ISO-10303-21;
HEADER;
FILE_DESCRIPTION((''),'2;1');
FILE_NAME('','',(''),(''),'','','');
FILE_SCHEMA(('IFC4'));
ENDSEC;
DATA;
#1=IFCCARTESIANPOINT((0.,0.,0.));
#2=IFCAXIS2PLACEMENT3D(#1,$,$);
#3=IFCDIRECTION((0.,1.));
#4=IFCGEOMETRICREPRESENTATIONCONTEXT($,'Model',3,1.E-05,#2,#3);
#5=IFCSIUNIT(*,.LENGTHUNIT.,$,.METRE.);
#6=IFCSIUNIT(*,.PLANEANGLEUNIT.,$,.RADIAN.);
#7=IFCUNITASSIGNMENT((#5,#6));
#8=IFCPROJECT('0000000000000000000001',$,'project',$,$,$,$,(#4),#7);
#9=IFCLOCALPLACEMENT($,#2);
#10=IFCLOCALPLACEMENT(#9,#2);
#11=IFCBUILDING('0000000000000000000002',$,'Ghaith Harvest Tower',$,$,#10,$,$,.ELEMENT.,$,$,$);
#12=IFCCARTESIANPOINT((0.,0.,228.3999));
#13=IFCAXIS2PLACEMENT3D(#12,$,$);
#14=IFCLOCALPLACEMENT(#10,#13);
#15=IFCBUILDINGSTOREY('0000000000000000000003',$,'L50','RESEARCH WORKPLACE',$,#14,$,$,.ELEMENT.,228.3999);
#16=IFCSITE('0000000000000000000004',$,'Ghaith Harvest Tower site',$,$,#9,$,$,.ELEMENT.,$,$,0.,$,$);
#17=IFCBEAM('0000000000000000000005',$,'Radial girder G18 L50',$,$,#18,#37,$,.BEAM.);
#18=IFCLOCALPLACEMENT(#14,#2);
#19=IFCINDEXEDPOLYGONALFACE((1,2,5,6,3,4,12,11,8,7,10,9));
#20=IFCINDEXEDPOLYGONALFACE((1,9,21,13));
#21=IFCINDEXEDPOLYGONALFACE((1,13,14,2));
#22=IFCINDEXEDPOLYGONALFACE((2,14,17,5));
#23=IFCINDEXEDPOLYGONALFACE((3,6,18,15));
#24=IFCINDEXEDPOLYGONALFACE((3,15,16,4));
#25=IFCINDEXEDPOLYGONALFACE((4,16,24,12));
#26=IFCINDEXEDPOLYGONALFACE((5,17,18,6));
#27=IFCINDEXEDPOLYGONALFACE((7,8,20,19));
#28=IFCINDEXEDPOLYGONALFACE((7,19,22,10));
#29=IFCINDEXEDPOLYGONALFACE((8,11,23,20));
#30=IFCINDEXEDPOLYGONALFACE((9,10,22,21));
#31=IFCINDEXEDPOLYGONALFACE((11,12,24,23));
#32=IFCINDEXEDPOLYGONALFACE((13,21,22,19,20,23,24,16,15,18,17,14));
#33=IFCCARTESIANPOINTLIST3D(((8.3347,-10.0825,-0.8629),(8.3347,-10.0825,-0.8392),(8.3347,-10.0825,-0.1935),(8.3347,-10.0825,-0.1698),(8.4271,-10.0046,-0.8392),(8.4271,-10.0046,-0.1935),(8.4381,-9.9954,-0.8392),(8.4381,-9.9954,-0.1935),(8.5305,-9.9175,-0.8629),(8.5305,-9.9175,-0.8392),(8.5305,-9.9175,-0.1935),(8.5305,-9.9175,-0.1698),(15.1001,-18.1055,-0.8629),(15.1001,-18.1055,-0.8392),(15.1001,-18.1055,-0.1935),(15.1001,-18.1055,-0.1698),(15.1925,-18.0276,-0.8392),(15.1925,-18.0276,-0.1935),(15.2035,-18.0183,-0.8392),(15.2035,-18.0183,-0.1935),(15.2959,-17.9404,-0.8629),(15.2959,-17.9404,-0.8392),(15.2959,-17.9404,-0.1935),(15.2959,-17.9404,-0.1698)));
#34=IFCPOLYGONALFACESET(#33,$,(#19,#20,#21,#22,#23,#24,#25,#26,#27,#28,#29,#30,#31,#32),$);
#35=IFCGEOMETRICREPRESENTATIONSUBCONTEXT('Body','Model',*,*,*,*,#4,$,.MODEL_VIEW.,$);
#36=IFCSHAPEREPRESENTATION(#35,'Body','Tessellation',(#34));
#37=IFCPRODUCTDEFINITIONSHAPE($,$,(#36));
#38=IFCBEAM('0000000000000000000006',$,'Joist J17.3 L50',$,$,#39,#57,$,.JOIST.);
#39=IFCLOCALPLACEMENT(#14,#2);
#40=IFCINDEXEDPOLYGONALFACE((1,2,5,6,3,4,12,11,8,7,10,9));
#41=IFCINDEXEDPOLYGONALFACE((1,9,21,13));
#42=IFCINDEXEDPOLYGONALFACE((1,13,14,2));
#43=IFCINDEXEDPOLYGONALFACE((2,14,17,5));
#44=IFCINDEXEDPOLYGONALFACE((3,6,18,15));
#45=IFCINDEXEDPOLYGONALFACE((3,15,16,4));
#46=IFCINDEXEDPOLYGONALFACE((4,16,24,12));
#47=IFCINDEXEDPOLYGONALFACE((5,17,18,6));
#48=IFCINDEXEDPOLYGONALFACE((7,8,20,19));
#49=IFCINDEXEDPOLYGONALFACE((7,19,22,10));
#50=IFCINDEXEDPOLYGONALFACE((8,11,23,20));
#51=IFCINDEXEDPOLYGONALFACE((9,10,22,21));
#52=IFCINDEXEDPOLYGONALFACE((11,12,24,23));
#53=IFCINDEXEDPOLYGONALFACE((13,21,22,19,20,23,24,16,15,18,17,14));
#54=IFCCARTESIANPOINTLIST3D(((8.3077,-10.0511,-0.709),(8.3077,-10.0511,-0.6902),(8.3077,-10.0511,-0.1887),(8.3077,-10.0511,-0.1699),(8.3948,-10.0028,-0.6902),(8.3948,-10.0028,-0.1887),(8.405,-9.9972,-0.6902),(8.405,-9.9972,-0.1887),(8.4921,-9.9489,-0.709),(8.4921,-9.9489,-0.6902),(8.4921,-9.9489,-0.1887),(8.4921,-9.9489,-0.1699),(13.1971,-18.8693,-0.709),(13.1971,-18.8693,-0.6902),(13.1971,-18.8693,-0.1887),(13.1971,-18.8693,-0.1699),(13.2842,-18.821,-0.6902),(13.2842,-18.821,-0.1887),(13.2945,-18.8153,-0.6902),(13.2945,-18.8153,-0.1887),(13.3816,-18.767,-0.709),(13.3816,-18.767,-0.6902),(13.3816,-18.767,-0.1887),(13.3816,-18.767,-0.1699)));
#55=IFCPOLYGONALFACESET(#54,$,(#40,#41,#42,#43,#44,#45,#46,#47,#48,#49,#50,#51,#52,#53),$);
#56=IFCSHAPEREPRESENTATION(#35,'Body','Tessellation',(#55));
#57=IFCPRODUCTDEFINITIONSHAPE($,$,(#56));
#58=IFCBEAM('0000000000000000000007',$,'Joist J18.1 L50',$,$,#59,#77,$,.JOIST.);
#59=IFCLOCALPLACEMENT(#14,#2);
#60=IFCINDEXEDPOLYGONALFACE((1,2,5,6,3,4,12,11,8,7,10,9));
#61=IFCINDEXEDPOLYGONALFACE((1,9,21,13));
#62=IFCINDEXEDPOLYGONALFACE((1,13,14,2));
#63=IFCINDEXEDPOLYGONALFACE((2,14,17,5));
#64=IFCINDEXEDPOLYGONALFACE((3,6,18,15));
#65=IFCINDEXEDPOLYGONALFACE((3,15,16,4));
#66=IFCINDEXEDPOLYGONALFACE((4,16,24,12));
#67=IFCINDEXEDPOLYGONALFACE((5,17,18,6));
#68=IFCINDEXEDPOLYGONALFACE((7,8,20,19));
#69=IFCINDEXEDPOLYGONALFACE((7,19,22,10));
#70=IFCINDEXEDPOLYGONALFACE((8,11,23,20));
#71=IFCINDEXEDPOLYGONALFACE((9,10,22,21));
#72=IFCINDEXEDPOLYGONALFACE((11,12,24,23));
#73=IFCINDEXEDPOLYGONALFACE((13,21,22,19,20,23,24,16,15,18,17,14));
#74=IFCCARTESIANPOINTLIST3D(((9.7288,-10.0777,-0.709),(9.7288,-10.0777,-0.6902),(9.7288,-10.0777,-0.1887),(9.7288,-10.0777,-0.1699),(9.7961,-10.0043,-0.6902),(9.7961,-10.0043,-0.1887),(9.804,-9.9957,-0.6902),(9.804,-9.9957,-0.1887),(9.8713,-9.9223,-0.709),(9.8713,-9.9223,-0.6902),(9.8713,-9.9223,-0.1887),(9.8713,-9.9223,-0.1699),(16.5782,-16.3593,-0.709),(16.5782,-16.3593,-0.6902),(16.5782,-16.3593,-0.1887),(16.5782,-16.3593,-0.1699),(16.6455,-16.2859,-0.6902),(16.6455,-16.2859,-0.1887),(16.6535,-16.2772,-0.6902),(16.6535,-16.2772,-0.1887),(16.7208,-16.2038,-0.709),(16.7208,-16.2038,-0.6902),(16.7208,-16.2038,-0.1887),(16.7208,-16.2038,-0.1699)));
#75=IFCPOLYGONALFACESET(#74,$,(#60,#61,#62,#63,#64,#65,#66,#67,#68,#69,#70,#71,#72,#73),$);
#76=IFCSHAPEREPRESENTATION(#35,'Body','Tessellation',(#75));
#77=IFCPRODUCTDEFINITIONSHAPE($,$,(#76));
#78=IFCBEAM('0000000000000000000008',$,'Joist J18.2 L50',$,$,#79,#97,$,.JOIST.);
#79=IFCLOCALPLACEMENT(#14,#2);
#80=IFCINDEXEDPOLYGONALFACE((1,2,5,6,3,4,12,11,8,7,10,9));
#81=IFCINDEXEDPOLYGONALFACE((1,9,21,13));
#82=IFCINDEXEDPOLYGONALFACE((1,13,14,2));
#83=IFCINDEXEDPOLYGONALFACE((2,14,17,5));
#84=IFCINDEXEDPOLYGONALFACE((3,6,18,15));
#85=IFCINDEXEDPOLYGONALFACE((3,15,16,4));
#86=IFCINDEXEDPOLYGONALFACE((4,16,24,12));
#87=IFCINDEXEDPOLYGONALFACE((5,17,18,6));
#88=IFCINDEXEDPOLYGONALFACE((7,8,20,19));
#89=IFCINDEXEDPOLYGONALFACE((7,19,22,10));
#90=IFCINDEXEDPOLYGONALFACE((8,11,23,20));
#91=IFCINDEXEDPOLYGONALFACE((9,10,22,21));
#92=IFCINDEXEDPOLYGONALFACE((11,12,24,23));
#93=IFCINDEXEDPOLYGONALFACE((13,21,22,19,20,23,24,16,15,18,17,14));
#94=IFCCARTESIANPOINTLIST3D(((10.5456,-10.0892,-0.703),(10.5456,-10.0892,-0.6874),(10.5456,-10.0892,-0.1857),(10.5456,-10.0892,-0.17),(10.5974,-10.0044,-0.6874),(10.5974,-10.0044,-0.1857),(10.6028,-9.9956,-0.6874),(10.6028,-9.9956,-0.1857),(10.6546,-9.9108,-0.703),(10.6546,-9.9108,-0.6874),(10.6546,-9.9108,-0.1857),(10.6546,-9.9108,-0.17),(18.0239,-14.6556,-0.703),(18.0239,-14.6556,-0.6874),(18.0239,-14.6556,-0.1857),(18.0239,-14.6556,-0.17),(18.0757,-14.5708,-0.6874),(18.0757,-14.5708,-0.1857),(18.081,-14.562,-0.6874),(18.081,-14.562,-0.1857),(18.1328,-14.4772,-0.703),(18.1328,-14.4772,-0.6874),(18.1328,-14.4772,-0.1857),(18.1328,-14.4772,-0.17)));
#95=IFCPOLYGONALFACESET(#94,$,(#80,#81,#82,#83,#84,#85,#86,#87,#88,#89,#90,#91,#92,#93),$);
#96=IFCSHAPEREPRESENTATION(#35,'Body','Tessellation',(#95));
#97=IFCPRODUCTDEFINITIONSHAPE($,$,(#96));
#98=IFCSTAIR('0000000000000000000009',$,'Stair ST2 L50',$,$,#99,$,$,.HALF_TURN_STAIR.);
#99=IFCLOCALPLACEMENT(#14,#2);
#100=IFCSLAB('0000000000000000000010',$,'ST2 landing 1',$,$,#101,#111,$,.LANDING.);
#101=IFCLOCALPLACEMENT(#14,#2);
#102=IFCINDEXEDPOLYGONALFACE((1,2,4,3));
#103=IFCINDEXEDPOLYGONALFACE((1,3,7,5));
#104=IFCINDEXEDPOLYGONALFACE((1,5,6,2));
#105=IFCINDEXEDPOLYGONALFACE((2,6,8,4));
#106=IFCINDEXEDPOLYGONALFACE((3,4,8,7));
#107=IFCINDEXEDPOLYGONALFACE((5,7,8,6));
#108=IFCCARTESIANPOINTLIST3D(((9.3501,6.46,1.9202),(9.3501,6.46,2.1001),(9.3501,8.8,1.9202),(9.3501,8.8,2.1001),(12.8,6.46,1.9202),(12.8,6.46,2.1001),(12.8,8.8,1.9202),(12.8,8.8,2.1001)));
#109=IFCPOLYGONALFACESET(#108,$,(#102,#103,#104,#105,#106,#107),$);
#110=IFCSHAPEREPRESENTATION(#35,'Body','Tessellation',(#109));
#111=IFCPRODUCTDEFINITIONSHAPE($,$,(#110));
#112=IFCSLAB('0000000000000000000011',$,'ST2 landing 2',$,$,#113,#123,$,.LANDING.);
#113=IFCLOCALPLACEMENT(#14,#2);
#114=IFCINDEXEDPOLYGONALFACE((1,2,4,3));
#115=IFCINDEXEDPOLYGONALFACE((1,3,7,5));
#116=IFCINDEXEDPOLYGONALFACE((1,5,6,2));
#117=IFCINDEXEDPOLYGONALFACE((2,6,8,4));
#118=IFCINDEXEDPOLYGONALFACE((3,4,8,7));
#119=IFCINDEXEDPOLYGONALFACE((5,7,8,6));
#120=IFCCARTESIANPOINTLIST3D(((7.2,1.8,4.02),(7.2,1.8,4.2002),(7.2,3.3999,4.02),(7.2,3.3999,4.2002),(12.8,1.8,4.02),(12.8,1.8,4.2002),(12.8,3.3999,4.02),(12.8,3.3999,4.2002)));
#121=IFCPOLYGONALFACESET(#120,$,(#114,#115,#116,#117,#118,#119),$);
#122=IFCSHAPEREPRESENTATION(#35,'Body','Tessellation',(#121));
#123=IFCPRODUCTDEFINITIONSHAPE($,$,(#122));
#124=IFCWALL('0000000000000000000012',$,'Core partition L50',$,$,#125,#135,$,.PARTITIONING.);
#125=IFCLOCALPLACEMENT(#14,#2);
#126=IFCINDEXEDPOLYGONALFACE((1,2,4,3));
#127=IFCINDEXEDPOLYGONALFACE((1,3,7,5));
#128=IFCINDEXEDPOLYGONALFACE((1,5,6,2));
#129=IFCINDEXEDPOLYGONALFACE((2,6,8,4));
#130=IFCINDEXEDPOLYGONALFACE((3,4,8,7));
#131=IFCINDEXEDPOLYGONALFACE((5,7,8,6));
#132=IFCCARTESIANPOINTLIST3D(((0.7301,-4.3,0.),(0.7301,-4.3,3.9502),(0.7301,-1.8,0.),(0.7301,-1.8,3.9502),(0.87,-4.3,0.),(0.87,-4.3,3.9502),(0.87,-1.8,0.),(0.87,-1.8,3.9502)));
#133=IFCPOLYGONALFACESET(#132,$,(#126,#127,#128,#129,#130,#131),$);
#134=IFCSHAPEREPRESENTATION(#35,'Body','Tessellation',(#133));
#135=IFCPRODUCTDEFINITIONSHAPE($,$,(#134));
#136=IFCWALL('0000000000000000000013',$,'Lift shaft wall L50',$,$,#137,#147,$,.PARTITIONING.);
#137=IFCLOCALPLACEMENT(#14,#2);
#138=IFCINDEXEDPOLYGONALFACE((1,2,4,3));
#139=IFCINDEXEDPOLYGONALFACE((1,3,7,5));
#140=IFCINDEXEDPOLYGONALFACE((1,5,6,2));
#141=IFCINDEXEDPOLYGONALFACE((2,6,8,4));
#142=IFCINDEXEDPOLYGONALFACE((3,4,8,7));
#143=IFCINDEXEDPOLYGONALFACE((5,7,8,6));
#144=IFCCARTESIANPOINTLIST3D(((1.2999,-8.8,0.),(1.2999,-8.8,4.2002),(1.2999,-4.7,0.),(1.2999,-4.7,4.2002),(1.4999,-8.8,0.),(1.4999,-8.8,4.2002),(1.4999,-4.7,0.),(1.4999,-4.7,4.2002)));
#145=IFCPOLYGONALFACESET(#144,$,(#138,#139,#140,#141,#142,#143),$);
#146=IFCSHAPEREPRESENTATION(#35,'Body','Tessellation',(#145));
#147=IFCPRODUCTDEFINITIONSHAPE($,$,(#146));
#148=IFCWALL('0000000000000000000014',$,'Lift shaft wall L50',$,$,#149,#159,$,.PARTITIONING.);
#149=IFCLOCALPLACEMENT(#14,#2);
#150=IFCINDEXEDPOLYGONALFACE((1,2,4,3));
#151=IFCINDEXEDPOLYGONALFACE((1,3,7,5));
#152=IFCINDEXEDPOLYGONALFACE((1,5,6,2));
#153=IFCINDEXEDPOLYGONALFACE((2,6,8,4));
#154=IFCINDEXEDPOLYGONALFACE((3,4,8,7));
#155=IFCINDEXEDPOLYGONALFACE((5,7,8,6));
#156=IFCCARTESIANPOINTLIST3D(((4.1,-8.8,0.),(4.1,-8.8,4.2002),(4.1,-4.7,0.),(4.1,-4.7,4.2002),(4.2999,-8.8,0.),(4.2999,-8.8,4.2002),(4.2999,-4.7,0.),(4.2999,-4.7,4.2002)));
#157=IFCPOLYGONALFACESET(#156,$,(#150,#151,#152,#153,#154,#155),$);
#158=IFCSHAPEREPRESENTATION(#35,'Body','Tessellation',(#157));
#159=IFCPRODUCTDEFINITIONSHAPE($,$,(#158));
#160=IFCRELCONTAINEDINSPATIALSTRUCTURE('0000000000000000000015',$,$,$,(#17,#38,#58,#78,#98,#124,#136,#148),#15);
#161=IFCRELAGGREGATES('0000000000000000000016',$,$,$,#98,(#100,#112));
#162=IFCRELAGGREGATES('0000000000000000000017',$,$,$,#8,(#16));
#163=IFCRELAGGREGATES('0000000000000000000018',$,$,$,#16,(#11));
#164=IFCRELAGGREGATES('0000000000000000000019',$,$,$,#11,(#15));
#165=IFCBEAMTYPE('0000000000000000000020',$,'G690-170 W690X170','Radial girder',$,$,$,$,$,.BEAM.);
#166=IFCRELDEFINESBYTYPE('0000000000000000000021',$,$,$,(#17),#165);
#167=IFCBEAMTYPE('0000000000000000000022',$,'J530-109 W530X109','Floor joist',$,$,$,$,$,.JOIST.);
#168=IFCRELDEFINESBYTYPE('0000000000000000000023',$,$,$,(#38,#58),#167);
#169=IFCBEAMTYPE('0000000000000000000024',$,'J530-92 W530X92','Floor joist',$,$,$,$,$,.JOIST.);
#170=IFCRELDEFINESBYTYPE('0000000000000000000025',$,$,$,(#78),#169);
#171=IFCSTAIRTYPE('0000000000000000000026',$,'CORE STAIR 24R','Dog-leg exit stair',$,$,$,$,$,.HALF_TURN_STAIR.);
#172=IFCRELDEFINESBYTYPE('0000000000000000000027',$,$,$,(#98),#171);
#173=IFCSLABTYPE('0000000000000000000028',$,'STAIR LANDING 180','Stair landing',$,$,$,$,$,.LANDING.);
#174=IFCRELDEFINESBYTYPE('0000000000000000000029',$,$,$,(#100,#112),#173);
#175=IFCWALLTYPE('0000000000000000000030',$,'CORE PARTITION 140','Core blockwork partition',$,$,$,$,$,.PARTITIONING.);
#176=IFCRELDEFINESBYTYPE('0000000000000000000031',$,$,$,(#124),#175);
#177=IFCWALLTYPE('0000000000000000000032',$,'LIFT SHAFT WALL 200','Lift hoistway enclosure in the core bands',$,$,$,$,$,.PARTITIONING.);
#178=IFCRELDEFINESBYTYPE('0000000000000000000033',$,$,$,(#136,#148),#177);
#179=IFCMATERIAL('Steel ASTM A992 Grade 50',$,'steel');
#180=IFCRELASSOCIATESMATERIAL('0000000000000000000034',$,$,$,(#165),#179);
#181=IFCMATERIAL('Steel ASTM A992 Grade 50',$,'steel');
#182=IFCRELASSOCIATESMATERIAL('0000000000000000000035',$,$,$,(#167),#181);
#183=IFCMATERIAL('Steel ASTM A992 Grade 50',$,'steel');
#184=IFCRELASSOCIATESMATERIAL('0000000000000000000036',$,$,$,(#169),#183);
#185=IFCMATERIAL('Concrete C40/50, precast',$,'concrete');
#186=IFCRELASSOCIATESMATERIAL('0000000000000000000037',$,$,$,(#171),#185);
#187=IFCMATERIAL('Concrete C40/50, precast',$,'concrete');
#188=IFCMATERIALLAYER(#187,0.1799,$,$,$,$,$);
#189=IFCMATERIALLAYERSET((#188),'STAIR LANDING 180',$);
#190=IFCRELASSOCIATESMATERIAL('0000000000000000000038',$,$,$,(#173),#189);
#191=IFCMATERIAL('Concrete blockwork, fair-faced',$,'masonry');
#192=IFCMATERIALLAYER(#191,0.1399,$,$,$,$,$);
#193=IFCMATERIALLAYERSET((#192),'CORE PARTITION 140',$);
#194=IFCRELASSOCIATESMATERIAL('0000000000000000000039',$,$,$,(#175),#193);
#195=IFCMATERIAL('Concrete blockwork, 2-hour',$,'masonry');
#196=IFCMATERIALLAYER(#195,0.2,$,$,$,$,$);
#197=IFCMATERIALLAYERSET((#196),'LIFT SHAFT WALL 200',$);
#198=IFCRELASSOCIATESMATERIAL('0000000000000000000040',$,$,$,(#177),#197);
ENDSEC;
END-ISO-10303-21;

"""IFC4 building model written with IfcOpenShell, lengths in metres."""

from ifc_helpers import new_model, si_unit, direction, frame, frame_2d, origin, origin_2d, place, context, subcontext, project, spatial, polyline, rectangle, i_section, outline, extrude, material, layer, layer_set, material_profile, profile_set, type_object, element, aggregate, save


model = new_model("IFC4")

# Units and contexts
model_context = context("Model", 3, precision=1e-05, world=origin(), true_north=direction((0.0, 1.0)))
body_context = subcontext(model_context, "Body", "Model", "MODEL_VIEW")
ifc_project = project(units=[si_unit("LENGTHUNIT", "METRE"), si_unit("PLANEANGLEUNIT", "RADIAN")], contexts=[model_context])

# Site, building, storey
site_placement = place(None, origin())
site = spatial("IfcSite", under=ifc_project, at=site_placement, Name="Ghaith Harvest Tower site", CompositionType="ELEMENT", RefElevation=0.0)
building_placement = place(site_placement, origin())
building = spatial("IfcBuilding", under=site, at=building_placement, Name="Ghaith Harvest Tower", CompositionType="ELEMENT")
storey_placement = place(building_placement, frame((0.0, 0.0, 228.3999)))
storey = spatial("IfcBuildingStorey", under=building, at=storey_placement, Name="L50", Description="RESEARCH WORKPLACE", CompositionType="ELEMENT", Elevation=228.3999)

# Beams
ifc_material_1 = material(Name="Steel ASTM A992 Grade 50", Category="steel")
ifc_material_profile_1 = material_profile(ifc_material_1, i_section(OverallWidth=0.2561, OverallDepth=0.6931, WebThickness=0.0144, FlangeThickness=0.0237, at=origin_2d()), Name="W690X170")
ifc_profile_set_1 = profile_set([ifc_material_profile_1], Name="Steel ASTM A992 Grade 50")
beam_type_1 = type_object("IfcBeamType", Name="G690-170 W690X170", Description="Radial girder", PredefinedType="BEAM", material=ifc_profile_set_1)
beam_1_placement = place(storey_placement, frame((8.4326, -10.0, -0.5164), z_axis=(0.644649, -0.764478, 0.0), x_axis=(0.764478, 0.644649, 0.0)))
element("IfcBeam", 1, at=beam_1_placement, inside=storey, type_object=beam_type_1, Name="Radial girder G18 L50", PredefinedType="BEAM", context=body_context, shape_type="SweptSolid", body=[
    extrude(i_section(OverallWidth=0.2561, OverallDepth=0.6931, WebThickness=0.0144, FlangeThickness=0.0237, at=origin_2d()), origin(), (0.0, 0.0, 1.0), 10.4946),
])
ifc_material_2 = material(Name="Steel ASTM A992 Grade 50", Category="steel")
ifc_material_profile_2 = material_profile(ifc_material_2, i_section(OverallWidth=0.2109, OverallDepth=0.5391, WebThickness=0.0117, FlangeThickness=0.0188, at=origin_2d()), Name="W530X109")
ifc_profile_set_2 = profile_set([ifc_material_profile_2], Name="Steel ASTM A992 Grade 50")
beam_type_2 = type_object("IfcBeamType", Name="J530-109 W530X109", Description="Floor joist", PredefinedType="JOIST", material=ifc_profile_set_2)
beam_2_placement = place(storey_placement, frame((8.3999, -10.0, -0.4395), z_axis=(0.484919, -0.874559, 0.0), x_axis=(0.874559, 0.484919, 0.0)))
element("IfcBeam", 2, at=beam_2_placement, inside=storey, type_object=beam_type_2, Name="Joist J17.3 L50", PredefinedType="JOIST", context=body_context, shape_type="SweptSolid", body=[
    extrude(i_section(OverallWidth=0.2109, OverallDepth=0.5391, WebThickness=0.0117, FlangeThickness=0.0188, at=origin_2d()), origin(), (0.0, 0.0, 1.0), 10.083),
])
beam_3_placement = place(storey_placement, frame((9.8, -10.0, -0.4395), z_axis=(0.736998, -0.675895, 0.0), x_axis=(0.675895, 0.736998, 0.0)))
element("IfcBeam", 3, at=beam_3_placement, inside=storey, type_object=beam_type_2, Name="Joist J18.1 L50", PredefinedType="JOIST", context=body_context, shape_type="SweptSolid", body=[
    extrude(i_section(OverallWidth=0.2109, OverallDepth=0.5391, WebThickness=0.0117, FlangeThickness=0.0188, at=origin_2d()), origin(), (0.0, 0.0, 1.0), 9.2937),
])
ifc_material_3 = material(Name="Steel ASTM A992 Grade 50", Category="steel")
ifc_material_profile_3 = material_profile(ifc_material_3, i_section(OverallWidth=0.209, OverallDepth=0.533, WebThickness=0.0103, FlangeThickness=0.0156, at=origin_2d()), Name="W530X92")
ifc_profile_set_3 = profile_set([ifc_material_profile_3], Name="Steel ASTM A992 Grade 50")
beam_type_3 = type_object("IfcBeamType", Name="J530-92 W530X92", Description="Floor joist", PredefinedType="JOIST", material=ifc_profile_set_3)
beam_4_placement = place(storey_placement, frame((10.6001, -10.0, -0.4365), z_axis=(0.853467, -0.521147, 0.0), x_axis=(0.521147, 0.853467, 0.0)))
element("IfcBeam", 4, at=beam_4_placement, inside=storey, type_object=beam_type_3, Name="Joist J18.2 L50", PredefinedType="JOIST", context=body_context, shape_type="SweptSolid", body=[
    extrude(i_section(OverallWidth=0.209, OverallDepth=0.533, WebThickness=0.0103, FlangeThickness=0.0156, at=origin_2d()), origin(), (0.0, 0.0, 1.0), 8.7622),
])

# Stair, slabs
ifc_material_4 = material(Name="Concrete C40/50, precast", Category="concrete")
stair_type = type_object("IfcStairType", Name="CORE STAIR 24R", Description="Dog-leg exit stair", PredefinedType="HALF_TURN_STAIR", material=ifc_material_4)
stair_placement = place(storey_placement, origin())
stair = element("IfcStair", 5, at=stair_placement, inside=storey, type_object=stair_type, Name="Stair ST2 L50", PredefinedType="HALF_TURN_STAIR")
ifc_material_5 = material(Name="Concrete C40/50, precast", Category="concrete")
ifc_layer_1 = layer(ifc_material_5, 0.1799)
ifc_layer_set_1 = layer_set([ifc_layer_1], Name="STAIR LANDING 180")
slab_type = type_object("IfcSlabType", Name="STAIR LANDING 180", Description="Stair landing", PredefinedType="LANDING", material=ifc_layer_set_1)
slab_1_placement = place(storey_placement, frame((0.0, 0.0, 1.9202)))
slab_1 = element("IfcSlab", 6, at=slab_1_placement, type_object=slab_type, Name="ST2 landing 1", PredefinedType="LANDING", context=body_context, shape_type="SweptSolid", body=[
    extrude(outline(polyline([(12.8, 6.46), (12.8, 8.8), (9.3501, 8.8), (9.3501, 6.46), (12.8, 6.46)])), origin(), (0.0, 0.0, 1.0), 0.1799),
])
slab_2_placement = place(storey_placement, frame((0.0, 0.0, 4.02)))
slab_2 = element("IfcSlab", 7, at=slab_2_placement, type_object=slab_type, Name="ST2 landing 2", PredefinedType="LANDING", context=body_context, shape_type="SweptSolid", body=[
    extrude(outline(polyline([(12.8, 1.8), (12.8, 3.3999), (7.2, 3.3999), (7.2, 1.8), (12.8, 1.8)])), origin(), (0.0, 0.0, 1.0), 0.1802),
])
aggregate(stair, [slab_1, slab_2])

# Walls
ifc_material_6 = material(Name="Concrete blockwork, fair-faced", Category="masonry")
ifc_layer_2 = layer(ifc_material_6, 0.1399)
ifc_layer_set_2 = layer_set([ifc_layer_2], Name="CORE PARTITION 140")
wall_type_1 = type_object("IfcWallType", Name="CORE PARTITION 140", Description="Core blockwork partition", PredefinedType="PARTITIONING", material=ifc_layer_set_2)
wall_1_placement = place(storey_placement, frame((0.8, -1.8, 0.0), z_axis=(0.0, 0.0, 1.0), x_axis=(0.0, -1.0, 0.0)))
element("IfcWall", 8, at=wall_1_placement, inside=storey, type_object=wall_type_1, Name="Core partition L50", PredefinedType="PARTITIONING", context=body_context, shape_type="SweptSolid", body=[
    extrude(rectangle(XDim=2.5, YDim=0.1399, at=frame_2d((1.25, 0.0))), origin(), (0.0, 0.0, 1.0), 3.9502),
])
ifc_material_7 = material(Name="Concrete blockwork, 2-hour", Category="masonry")
ifc_layer_3 = layer(ifc_material_7, 0.2)
ifc_layer_set_3 = layer_set([ifc_layer_3], Name="LIFT SHAFT WALL 200")
wall_type_2 = type_object("IfcWallType", Name="LIFT SHAFT WALL 200", Description="Lift hoistway enclosure in the core bands", PredefinedType="PARTITIONING", material=ifc_layer_set_3)
for number, where, z_axis, x_axis, name in (
    (9, (1.3999, -4.7, 0.0), (0.0, 0.0, 1.0), (0.0, -1.0, 0.0), "Lift shaft wall L50"),
    (10, (4.2, -4.7, 0.0), (0.0, 0.0, 1.0), (0.0, -1.0, 0.0), "Lift shaft wall L50"),
):
    element("IfcWall", number, at=place(storey_placement, frame(where, z_axis=z_axis, x_axis=x_axis)), inside=storey, type_object=wall_type_2, Name=name, PredefinedType="PARTITIONING", context=body_context, shape_type="SweptSolid", body=[
        extrude(rectangle(XDim=4.1001, YDim=0.2, at=frame_2d((2.05, 0.0))), origin(), (0.0, 0.0, 1.0), 4.2002),
    ])

save(model, "model.ifc")
